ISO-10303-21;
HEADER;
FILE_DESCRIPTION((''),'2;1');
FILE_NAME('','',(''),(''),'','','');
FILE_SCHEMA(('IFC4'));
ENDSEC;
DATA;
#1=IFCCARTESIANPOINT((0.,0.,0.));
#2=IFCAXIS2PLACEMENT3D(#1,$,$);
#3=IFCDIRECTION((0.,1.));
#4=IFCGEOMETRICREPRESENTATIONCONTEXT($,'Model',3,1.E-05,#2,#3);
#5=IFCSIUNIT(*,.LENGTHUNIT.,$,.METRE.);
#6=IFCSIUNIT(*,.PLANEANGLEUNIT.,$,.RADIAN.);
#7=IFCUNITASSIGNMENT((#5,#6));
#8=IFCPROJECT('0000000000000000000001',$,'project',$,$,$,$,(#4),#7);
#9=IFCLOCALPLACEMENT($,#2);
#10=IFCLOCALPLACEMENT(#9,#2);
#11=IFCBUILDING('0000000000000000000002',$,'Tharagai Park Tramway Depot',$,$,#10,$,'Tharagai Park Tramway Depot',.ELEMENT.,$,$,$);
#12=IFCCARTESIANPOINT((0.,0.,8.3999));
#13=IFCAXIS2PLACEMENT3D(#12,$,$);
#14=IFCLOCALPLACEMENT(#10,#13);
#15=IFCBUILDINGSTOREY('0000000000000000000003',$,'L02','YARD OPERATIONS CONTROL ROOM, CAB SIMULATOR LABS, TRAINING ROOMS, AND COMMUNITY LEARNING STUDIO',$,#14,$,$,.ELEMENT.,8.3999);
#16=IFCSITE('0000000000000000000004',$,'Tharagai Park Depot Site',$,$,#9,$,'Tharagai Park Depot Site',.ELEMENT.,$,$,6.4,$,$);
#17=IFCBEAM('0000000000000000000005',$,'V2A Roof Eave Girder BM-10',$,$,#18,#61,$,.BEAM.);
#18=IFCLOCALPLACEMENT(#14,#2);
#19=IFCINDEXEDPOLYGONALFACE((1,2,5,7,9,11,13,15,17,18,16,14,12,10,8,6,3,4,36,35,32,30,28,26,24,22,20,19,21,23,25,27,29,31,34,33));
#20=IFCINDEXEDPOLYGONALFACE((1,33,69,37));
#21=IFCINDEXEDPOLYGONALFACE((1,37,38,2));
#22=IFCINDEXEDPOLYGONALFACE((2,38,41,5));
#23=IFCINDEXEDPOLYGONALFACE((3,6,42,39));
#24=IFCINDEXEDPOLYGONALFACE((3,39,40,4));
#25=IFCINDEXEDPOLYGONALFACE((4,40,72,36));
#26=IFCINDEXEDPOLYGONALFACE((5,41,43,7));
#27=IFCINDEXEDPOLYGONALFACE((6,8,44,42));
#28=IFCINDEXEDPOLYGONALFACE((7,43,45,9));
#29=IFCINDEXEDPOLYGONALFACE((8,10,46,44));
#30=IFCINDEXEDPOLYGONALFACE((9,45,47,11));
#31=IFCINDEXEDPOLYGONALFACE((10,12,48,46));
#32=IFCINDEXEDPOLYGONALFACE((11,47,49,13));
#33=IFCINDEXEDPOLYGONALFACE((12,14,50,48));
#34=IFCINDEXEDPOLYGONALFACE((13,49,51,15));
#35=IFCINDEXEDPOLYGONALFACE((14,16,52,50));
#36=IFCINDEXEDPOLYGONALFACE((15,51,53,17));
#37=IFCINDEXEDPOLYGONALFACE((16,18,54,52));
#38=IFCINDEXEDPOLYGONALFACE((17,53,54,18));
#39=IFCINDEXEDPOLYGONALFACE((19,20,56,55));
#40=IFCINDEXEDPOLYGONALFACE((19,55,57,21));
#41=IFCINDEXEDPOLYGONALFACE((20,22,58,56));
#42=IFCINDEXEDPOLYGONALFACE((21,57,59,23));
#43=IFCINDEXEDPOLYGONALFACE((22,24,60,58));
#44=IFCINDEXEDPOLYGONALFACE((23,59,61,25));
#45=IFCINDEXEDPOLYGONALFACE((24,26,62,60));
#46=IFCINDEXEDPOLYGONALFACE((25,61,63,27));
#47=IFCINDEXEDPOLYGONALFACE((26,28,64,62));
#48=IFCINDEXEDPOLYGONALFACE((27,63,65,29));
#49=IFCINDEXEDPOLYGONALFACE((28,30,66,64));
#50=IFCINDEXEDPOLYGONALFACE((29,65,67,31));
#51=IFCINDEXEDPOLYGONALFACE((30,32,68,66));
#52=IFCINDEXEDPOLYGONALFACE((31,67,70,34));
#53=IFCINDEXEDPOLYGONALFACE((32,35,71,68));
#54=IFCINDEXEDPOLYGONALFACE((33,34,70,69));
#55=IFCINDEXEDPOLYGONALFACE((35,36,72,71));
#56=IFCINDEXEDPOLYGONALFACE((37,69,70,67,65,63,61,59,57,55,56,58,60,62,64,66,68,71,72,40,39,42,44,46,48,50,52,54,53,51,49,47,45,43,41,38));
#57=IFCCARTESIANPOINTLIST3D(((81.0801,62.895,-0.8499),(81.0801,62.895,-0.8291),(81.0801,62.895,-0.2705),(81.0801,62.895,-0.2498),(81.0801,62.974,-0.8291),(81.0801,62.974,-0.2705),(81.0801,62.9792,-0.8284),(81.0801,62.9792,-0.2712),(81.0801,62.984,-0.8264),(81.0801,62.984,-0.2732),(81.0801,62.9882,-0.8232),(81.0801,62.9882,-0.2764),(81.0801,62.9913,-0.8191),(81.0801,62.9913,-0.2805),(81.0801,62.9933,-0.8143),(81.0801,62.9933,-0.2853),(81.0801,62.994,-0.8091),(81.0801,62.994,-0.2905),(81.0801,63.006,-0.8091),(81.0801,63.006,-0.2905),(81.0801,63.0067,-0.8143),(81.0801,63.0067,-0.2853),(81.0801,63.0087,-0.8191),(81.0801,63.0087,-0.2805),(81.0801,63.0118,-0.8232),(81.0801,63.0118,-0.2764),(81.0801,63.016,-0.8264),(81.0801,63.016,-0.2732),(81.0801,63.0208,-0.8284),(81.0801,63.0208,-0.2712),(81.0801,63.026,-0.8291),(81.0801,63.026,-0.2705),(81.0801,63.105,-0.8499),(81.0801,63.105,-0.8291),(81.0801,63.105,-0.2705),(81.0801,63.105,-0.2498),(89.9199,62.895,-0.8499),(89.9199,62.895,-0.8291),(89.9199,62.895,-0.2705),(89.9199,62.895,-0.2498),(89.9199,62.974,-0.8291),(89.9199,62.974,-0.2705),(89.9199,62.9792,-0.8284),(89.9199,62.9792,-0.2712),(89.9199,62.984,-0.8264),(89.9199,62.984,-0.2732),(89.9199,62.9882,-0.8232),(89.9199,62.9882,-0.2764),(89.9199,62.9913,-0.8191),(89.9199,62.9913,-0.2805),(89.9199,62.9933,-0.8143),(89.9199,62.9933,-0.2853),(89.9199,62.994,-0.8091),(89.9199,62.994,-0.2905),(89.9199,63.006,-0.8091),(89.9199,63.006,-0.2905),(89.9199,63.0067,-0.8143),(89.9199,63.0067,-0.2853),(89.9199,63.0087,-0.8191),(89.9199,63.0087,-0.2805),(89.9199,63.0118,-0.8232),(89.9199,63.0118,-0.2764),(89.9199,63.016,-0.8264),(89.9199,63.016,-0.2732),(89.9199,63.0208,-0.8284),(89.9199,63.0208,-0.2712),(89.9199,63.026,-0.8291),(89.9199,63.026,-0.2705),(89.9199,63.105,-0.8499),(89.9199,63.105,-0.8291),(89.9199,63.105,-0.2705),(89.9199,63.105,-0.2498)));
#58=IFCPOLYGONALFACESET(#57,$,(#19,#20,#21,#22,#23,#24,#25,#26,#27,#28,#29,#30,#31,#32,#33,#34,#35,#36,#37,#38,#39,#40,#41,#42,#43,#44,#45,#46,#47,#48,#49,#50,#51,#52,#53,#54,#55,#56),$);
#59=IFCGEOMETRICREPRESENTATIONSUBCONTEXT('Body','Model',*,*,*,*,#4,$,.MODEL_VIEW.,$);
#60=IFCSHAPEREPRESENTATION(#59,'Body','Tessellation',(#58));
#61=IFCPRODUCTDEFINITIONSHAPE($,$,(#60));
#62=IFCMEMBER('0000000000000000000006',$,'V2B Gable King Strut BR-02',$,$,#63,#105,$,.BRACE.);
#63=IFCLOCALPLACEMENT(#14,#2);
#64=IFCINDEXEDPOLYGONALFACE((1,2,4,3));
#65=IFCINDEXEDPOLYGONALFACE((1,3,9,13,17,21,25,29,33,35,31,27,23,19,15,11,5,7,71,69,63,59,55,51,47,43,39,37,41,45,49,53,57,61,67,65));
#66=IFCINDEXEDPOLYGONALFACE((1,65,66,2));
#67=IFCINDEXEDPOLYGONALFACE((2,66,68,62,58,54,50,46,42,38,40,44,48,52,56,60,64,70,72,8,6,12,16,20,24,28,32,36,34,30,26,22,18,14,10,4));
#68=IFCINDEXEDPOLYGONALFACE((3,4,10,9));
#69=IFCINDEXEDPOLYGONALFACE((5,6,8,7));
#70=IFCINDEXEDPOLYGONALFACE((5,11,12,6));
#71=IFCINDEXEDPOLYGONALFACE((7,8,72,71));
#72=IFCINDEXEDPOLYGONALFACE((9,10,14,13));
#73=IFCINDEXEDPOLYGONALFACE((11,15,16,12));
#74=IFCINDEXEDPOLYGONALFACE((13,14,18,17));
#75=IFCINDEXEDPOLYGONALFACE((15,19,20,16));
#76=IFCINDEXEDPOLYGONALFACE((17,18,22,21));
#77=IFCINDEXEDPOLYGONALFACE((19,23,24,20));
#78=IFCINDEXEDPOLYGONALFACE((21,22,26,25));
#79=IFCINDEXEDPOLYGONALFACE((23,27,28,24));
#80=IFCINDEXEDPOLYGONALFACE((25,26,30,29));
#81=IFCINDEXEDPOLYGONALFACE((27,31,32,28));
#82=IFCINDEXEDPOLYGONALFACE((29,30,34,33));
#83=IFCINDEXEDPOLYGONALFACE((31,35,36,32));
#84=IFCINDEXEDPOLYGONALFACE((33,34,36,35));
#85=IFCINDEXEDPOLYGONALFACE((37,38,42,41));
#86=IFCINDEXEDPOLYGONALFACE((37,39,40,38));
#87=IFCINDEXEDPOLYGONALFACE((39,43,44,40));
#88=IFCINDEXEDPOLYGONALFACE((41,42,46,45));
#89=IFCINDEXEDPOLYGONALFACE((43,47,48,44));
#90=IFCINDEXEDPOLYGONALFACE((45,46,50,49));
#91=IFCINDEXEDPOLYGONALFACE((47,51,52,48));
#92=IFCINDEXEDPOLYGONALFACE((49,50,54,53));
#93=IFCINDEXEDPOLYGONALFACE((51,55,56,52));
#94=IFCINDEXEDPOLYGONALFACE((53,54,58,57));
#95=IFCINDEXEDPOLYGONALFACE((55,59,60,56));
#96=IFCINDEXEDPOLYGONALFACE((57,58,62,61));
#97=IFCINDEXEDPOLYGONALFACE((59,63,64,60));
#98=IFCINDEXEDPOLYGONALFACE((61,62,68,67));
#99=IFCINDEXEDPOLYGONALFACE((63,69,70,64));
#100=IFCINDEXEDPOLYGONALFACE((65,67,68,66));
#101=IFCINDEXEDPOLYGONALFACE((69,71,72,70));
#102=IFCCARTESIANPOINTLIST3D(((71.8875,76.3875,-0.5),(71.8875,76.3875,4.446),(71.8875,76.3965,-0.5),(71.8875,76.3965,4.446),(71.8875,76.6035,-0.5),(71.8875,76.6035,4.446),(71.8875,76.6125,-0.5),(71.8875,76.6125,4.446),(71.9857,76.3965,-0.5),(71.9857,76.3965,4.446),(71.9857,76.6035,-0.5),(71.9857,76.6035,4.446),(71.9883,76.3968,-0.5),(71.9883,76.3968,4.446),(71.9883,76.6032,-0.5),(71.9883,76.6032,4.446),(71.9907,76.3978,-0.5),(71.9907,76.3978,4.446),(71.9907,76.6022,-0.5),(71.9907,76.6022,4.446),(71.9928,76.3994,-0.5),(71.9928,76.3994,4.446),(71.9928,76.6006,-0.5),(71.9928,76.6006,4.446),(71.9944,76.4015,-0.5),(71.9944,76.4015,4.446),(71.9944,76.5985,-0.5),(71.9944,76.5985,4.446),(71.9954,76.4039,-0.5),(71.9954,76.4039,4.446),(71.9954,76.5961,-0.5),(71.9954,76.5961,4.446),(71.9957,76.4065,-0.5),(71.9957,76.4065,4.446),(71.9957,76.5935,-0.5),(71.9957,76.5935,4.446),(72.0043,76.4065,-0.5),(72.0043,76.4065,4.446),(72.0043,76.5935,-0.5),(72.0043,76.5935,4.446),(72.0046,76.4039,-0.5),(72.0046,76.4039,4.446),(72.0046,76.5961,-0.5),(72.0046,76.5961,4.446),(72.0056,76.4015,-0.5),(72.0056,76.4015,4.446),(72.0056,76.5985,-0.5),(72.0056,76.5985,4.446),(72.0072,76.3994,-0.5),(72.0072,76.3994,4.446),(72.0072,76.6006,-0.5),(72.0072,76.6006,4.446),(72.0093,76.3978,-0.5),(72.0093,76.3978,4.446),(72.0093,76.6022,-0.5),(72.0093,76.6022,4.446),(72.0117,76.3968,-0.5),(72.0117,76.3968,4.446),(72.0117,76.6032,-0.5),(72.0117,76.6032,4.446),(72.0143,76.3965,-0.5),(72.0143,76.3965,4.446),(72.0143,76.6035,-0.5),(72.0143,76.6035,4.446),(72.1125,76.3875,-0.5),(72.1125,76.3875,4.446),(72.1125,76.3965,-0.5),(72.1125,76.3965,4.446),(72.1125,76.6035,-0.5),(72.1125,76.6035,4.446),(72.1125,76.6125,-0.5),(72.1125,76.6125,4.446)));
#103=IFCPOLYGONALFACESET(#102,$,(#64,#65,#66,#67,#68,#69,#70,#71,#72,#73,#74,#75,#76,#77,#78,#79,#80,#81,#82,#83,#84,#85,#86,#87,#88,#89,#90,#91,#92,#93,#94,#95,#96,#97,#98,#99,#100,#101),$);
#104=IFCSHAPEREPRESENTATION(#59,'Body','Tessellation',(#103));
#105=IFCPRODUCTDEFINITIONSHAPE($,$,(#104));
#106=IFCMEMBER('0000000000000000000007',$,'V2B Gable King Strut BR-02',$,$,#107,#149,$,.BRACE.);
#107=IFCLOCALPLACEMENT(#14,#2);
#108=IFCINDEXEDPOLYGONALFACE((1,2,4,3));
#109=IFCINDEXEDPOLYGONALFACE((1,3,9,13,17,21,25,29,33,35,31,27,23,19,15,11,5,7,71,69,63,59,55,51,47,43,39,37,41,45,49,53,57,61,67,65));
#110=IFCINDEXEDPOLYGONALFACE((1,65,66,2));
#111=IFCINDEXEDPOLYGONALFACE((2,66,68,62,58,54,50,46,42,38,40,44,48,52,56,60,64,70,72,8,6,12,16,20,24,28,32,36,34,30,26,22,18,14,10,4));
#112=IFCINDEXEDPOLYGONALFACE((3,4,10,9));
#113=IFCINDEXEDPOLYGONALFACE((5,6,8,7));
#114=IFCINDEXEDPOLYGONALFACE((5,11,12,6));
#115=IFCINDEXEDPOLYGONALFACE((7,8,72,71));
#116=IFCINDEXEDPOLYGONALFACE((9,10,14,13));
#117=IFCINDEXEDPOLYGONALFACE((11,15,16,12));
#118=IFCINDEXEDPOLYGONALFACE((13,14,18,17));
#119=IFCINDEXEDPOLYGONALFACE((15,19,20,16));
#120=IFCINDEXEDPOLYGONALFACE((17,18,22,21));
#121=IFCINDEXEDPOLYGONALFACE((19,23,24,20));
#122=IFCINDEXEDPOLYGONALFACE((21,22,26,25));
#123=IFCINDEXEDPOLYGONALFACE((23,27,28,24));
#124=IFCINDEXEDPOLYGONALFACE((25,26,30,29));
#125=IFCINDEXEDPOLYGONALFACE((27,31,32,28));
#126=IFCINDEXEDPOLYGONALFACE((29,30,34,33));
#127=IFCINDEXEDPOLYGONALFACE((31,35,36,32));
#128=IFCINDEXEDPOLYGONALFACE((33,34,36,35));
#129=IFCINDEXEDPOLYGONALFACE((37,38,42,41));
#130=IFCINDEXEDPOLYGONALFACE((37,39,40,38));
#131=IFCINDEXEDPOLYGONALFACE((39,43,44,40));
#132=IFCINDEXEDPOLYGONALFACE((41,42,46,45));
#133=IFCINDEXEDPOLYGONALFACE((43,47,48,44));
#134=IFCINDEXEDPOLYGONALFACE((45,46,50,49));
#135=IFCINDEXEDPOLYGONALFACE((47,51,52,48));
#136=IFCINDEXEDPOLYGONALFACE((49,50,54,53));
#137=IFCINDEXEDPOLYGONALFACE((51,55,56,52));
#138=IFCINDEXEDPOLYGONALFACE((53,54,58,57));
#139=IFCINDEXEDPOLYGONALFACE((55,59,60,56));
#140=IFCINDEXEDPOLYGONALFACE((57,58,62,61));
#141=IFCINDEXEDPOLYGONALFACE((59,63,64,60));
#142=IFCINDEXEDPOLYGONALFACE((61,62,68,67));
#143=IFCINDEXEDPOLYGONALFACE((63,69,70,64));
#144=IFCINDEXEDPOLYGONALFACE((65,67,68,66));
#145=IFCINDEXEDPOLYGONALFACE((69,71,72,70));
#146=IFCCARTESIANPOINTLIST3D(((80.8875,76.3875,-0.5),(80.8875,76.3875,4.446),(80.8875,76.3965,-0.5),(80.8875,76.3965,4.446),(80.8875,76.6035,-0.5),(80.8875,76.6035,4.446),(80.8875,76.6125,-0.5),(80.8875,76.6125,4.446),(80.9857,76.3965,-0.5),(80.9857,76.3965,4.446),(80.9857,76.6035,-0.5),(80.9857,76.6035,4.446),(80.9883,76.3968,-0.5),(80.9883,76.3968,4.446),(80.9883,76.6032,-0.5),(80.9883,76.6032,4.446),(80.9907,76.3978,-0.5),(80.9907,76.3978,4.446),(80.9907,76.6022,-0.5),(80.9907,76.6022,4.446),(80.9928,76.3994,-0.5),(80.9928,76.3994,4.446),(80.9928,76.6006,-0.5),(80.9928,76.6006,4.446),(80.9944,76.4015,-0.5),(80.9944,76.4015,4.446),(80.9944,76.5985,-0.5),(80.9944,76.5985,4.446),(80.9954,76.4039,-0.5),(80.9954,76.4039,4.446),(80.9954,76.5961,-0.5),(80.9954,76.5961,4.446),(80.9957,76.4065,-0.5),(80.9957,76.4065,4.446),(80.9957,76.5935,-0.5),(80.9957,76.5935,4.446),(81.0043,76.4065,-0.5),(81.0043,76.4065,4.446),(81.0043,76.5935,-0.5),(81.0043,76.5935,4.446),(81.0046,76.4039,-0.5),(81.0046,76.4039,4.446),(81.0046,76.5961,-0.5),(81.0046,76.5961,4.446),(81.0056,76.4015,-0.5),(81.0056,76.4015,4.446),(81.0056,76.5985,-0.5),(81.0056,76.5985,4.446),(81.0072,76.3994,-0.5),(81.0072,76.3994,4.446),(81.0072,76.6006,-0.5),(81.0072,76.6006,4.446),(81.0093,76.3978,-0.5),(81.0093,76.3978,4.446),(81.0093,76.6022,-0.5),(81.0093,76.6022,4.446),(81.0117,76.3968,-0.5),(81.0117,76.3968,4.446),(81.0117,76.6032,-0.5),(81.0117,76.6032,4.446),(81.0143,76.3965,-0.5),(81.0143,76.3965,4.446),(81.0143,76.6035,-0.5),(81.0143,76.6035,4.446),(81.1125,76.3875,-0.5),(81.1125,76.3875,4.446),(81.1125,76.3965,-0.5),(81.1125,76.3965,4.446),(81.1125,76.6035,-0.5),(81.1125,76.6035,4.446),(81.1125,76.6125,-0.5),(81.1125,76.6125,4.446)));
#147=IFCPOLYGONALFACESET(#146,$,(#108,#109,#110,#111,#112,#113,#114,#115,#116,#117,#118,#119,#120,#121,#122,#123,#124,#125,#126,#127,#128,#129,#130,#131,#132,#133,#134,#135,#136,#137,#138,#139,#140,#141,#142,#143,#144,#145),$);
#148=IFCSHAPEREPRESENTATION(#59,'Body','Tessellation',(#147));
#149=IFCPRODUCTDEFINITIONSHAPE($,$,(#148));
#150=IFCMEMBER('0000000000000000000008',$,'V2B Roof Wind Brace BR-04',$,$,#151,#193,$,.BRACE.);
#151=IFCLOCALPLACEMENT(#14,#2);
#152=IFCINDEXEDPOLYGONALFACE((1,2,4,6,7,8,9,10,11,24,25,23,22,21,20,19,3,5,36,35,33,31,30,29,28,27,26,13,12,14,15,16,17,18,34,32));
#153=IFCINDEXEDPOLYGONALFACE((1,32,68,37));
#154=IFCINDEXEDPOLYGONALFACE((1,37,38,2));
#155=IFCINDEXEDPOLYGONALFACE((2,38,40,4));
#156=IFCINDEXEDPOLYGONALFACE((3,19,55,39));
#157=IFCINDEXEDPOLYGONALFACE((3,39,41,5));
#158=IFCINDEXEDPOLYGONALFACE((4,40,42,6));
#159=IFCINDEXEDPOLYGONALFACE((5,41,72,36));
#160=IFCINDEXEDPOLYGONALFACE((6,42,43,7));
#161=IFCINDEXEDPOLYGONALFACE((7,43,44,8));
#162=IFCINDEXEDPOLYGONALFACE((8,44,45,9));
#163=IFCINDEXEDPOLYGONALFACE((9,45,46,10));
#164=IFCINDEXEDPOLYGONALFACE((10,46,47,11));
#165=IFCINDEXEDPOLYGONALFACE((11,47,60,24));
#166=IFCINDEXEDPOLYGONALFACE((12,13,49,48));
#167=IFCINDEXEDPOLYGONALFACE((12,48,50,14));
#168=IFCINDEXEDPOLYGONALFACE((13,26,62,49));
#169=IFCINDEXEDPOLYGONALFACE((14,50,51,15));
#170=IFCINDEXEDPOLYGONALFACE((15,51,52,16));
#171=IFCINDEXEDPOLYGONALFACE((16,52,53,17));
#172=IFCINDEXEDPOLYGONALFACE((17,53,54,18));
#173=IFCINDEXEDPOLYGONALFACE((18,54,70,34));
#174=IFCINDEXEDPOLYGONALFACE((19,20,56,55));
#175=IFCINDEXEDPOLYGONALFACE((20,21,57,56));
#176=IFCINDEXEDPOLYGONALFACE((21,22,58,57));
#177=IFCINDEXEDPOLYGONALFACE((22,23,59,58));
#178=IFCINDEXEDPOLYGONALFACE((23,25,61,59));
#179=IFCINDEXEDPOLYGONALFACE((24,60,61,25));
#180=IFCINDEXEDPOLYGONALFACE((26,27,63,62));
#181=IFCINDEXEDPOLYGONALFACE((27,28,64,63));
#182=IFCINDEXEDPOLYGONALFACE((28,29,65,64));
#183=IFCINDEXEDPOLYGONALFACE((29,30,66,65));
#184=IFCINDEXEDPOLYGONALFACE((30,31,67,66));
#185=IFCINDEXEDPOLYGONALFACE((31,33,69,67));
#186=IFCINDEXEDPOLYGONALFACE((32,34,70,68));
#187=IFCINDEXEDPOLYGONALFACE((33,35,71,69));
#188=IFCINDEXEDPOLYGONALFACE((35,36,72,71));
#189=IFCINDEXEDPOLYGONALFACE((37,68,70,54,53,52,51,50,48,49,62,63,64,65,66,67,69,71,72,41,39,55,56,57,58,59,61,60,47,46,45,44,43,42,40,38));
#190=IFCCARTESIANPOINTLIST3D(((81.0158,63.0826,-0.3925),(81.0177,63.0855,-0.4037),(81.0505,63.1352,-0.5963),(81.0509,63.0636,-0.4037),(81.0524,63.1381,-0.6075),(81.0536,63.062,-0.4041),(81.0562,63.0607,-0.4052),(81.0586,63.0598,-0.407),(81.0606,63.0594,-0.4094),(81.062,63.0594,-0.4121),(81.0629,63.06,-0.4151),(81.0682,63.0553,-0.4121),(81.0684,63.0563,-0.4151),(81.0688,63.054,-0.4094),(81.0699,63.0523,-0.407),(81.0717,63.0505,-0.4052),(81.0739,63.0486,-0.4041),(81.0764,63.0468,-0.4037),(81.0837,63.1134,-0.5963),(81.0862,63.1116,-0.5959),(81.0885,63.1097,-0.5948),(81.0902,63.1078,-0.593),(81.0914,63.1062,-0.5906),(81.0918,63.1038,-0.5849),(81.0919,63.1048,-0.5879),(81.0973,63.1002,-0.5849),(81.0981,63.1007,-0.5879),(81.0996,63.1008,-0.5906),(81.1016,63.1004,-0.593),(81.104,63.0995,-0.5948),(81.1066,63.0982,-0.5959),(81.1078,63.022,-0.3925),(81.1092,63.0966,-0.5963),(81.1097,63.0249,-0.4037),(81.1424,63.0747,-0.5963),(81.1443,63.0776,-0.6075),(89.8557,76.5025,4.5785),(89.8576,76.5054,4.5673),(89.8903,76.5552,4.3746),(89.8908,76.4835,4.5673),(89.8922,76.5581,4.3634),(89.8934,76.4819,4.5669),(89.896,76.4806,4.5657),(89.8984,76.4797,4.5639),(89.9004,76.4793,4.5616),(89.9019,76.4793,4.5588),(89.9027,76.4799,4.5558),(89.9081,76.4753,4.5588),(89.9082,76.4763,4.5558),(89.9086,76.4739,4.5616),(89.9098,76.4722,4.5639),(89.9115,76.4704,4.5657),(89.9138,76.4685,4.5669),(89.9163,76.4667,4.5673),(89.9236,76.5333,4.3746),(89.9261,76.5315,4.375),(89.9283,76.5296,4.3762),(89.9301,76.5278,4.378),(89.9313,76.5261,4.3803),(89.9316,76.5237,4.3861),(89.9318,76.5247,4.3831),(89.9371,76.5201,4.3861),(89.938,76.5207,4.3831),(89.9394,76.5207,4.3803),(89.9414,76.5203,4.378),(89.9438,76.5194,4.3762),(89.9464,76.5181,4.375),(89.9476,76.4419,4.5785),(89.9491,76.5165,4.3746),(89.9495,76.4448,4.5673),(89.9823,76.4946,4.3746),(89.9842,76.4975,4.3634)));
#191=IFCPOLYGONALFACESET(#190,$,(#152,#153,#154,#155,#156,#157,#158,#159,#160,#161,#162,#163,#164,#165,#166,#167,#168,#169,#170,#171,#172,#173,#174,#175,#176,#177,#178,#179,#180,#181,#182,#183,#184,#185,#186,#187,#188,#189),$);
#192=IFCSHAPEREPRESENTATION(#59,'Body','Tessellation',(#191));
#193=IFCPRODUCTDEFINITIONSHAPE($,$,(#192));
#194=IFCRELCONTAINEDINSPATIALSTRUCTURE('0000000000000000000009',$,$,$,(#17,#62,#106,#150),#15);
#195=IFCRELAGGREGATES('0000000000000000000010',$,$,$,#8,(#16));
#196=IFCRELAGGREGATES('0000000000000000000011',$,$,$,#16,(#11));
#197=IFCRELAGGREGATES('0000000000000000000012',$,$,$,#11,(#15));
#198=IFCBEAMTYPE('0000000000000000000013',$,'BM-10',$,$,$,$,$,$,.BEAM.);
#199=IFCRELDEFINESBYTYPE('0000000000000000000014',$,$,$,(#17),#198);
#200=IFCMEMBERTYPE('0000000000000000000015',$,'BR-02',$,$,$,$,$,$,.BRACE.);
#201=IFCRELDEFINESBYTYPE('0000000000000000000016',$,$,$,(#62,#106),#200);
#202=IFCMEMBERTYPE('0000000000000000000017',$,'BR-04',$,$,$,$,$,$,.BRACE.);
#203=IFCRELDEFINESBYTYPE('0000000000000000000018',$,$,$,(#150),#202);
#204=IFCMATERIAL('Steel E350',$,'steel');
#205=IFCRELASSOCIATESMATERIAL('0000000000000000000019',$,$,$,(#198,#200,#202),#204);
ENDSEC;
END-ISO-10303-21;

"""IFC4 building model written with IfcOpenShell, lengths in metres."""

from ifc_helpers import new_model, si_unit, direction, frame, origin, origin_2d, place, context, subcontext, project, spatial, i_section, extrude, material, material_profile, profile_set, type_object, element, save


model = new_model("IFC4")

# Units and contexts
model_context = context("Model", 3, precision=1e-05, world=origin(), true_north=direction((0.0, 1.0)))
body_context = subcontext(model_context, "Body", "Model", "MODEL_VIEW")
ifc_project = project(units=[si_unit("LENGTHUNIT", "METRE"), si_unit("PLANEANGLEUNIT", "RADIAN")], contexts=[model_context])

# Site, building, storey
site_placement = place(None, origin())
site = spatial("IfcSite", under=ifc_project, at=site_placement, Name="Tharagai Park Depot Site", LongName="Tharagai Park Depot Site", CompositionType="ELEMENT", RefElevation=6.4)
building_placement = place(site_placement, origin())
building = spatial("IfcBuilding", under=site, at=building_placement, Name="Tharagai Park Tramway Depot", LongName="Tharagai Park Tramway Depot", CompositionType="ELEMENT")
storey_placement = place(building_placement, frame((0.0, 0.0, 8.3999)))
storey = spatial("IfcBuildingStorey", under=building, at=storey_placement, Name="L02", Description="YARD OPERATIONS CONTROL ROOM, CAB SIMULATOR LABS, TRAINING ROOMS, AND COMMUNITY LEARNING STUDIO", CompositionType="ELEMENT", Elevation=8.3999)

# Beam
ifc_material_1 = material(Name="Steel E350", Category="steel")
ifc_material_profile_1 = material_profile(ifc_material_1, i_section(OverallWidth=0.21, OverallDepth=0.6001, WebThickness=0.012, FlangeThickness=0.0208, FilletRadius=0.02, at=origin_2d()), Name="ISMB 600")
ifc_profile_set_1 = profile_set([ifc_material_profile_1], Name="Steel E350")
beam_type_1 = type_object("IfcBeamType", Name="BM-10", PredefinedType="BEAM", material=ifc_profile_set_1)
for number, where, z_axis, x_axis, name in (
    (1, (81.0801, 63.0, -0.5498), (1.0, 0.0, 0.0), (0.0, 1.0, 0.0), "V2A Roof Eave Girder BM-10"),
):
    element("IfcBeam", number, at=place(storey_placement, frame(where, z_axis=z_axis, x_axis=x_axis)), inside=storey, type_object=beam_type_1, Name=name, PredefinedType="BEAM", context=body_context, shape_type="SweptSolid", body=[
        extrude(i_section(OverallWidth=0.21, OverallDepth=0.6001, WebThickness=0.012, FlangeThickness=0.0208, FilletRadius=0.02, at=origin_2d()), origin(), (0.0, 0.0, 1.0), 8.8398),
    ])

# Members
ifc_material_profile_2 = material_profile(ifc_material_1, i_section(OverallWidth=0.2251, OverallDepth=0.2251, WebThickness=0.0085, FlangeThickness=0.009, FilletRadius=0.01, at=origin_2d()), Name="ISHB 225")
ifc_profile_set_2 = profile_set([ifc_material_profile_2], Name="Steel E350")
member_type_1 = type_object("IfcMemberType", Name="BR-02", PredefinedType="BRACE", material=ifc_profile_set_2)
for number, where, z_axis, x_axis, name in (
    (2, (72.0, 76.5, -0.5), (0.0, 0.0, 1.0), (1.0, 0.0, 0.0), "V2B Gable King Strut BR-02"),
    (3, (81.0, 76.5, -0.5), (0.0, 0.0, 1.0), (1.0, 0.0, 0.0), "V2B Gable King Strut BR-02"),
):
    element("IfcMember", number, at=place(storey_placement, frame(where, z_axis=z_axis, x_axis=x_axis)), inside=storey, type_object=member_type_1, Name=name, PredefinedType="BRACE", context=body_context, shape_type="SweptSolid", body=[
        extrude(i_section(OverallWidth=0.2251, OverallDepth=0.2251, WebThickness=0.0085, FlangeThickness=0.009, FilletRadius=0.01, at=origin_2d()), origin(), (0.0, 0.0, 1.0), 4.946),
    ])
ifc_material_profile_3 = material_profile(ifc_material_1, i_section(OverallWidth=0.1101, OverallDepth=0.2251, WebThickness=0.0066, FlangeThickness=0.0117, FilletRadius=0.012, at=origin_2d()), Name="ISMB 225")
ifc_profile_set_3 = profile_set([ifc_material_profile_3], Name="Steel E350")
member_type_2 = type_object("IfcMemberType", Name="BR-04", PredefinedType="BRACE", material=ifc_profile_set_3)
member_1_placement = place(storey_placement, frame((81.0801, 63.0801, -0.5), z_axis=(0.525523, 0.797806, 0.29552), x_axis=(-0.835104, 0.550092, 0.0)))
element("IfcMember", 4, at=member_1_placement, inside=storey, type_object=member_type_2, Name="V2B Roof Wind Brace BR-04", PredefinedType="BRACE", context=body_context, shape_type="SweptSolid", body=[
    extrude(i_section(OverallWidth=0.1101, OverallDepth=0.2251, WebThickness=0.0066, FlangeThickness=0.0117, FilletRadius=0.012, at=origin_2d()), origin(), (0.0, 0.0, 1.0), 16.821),
])

save(model, "model.ifc")
